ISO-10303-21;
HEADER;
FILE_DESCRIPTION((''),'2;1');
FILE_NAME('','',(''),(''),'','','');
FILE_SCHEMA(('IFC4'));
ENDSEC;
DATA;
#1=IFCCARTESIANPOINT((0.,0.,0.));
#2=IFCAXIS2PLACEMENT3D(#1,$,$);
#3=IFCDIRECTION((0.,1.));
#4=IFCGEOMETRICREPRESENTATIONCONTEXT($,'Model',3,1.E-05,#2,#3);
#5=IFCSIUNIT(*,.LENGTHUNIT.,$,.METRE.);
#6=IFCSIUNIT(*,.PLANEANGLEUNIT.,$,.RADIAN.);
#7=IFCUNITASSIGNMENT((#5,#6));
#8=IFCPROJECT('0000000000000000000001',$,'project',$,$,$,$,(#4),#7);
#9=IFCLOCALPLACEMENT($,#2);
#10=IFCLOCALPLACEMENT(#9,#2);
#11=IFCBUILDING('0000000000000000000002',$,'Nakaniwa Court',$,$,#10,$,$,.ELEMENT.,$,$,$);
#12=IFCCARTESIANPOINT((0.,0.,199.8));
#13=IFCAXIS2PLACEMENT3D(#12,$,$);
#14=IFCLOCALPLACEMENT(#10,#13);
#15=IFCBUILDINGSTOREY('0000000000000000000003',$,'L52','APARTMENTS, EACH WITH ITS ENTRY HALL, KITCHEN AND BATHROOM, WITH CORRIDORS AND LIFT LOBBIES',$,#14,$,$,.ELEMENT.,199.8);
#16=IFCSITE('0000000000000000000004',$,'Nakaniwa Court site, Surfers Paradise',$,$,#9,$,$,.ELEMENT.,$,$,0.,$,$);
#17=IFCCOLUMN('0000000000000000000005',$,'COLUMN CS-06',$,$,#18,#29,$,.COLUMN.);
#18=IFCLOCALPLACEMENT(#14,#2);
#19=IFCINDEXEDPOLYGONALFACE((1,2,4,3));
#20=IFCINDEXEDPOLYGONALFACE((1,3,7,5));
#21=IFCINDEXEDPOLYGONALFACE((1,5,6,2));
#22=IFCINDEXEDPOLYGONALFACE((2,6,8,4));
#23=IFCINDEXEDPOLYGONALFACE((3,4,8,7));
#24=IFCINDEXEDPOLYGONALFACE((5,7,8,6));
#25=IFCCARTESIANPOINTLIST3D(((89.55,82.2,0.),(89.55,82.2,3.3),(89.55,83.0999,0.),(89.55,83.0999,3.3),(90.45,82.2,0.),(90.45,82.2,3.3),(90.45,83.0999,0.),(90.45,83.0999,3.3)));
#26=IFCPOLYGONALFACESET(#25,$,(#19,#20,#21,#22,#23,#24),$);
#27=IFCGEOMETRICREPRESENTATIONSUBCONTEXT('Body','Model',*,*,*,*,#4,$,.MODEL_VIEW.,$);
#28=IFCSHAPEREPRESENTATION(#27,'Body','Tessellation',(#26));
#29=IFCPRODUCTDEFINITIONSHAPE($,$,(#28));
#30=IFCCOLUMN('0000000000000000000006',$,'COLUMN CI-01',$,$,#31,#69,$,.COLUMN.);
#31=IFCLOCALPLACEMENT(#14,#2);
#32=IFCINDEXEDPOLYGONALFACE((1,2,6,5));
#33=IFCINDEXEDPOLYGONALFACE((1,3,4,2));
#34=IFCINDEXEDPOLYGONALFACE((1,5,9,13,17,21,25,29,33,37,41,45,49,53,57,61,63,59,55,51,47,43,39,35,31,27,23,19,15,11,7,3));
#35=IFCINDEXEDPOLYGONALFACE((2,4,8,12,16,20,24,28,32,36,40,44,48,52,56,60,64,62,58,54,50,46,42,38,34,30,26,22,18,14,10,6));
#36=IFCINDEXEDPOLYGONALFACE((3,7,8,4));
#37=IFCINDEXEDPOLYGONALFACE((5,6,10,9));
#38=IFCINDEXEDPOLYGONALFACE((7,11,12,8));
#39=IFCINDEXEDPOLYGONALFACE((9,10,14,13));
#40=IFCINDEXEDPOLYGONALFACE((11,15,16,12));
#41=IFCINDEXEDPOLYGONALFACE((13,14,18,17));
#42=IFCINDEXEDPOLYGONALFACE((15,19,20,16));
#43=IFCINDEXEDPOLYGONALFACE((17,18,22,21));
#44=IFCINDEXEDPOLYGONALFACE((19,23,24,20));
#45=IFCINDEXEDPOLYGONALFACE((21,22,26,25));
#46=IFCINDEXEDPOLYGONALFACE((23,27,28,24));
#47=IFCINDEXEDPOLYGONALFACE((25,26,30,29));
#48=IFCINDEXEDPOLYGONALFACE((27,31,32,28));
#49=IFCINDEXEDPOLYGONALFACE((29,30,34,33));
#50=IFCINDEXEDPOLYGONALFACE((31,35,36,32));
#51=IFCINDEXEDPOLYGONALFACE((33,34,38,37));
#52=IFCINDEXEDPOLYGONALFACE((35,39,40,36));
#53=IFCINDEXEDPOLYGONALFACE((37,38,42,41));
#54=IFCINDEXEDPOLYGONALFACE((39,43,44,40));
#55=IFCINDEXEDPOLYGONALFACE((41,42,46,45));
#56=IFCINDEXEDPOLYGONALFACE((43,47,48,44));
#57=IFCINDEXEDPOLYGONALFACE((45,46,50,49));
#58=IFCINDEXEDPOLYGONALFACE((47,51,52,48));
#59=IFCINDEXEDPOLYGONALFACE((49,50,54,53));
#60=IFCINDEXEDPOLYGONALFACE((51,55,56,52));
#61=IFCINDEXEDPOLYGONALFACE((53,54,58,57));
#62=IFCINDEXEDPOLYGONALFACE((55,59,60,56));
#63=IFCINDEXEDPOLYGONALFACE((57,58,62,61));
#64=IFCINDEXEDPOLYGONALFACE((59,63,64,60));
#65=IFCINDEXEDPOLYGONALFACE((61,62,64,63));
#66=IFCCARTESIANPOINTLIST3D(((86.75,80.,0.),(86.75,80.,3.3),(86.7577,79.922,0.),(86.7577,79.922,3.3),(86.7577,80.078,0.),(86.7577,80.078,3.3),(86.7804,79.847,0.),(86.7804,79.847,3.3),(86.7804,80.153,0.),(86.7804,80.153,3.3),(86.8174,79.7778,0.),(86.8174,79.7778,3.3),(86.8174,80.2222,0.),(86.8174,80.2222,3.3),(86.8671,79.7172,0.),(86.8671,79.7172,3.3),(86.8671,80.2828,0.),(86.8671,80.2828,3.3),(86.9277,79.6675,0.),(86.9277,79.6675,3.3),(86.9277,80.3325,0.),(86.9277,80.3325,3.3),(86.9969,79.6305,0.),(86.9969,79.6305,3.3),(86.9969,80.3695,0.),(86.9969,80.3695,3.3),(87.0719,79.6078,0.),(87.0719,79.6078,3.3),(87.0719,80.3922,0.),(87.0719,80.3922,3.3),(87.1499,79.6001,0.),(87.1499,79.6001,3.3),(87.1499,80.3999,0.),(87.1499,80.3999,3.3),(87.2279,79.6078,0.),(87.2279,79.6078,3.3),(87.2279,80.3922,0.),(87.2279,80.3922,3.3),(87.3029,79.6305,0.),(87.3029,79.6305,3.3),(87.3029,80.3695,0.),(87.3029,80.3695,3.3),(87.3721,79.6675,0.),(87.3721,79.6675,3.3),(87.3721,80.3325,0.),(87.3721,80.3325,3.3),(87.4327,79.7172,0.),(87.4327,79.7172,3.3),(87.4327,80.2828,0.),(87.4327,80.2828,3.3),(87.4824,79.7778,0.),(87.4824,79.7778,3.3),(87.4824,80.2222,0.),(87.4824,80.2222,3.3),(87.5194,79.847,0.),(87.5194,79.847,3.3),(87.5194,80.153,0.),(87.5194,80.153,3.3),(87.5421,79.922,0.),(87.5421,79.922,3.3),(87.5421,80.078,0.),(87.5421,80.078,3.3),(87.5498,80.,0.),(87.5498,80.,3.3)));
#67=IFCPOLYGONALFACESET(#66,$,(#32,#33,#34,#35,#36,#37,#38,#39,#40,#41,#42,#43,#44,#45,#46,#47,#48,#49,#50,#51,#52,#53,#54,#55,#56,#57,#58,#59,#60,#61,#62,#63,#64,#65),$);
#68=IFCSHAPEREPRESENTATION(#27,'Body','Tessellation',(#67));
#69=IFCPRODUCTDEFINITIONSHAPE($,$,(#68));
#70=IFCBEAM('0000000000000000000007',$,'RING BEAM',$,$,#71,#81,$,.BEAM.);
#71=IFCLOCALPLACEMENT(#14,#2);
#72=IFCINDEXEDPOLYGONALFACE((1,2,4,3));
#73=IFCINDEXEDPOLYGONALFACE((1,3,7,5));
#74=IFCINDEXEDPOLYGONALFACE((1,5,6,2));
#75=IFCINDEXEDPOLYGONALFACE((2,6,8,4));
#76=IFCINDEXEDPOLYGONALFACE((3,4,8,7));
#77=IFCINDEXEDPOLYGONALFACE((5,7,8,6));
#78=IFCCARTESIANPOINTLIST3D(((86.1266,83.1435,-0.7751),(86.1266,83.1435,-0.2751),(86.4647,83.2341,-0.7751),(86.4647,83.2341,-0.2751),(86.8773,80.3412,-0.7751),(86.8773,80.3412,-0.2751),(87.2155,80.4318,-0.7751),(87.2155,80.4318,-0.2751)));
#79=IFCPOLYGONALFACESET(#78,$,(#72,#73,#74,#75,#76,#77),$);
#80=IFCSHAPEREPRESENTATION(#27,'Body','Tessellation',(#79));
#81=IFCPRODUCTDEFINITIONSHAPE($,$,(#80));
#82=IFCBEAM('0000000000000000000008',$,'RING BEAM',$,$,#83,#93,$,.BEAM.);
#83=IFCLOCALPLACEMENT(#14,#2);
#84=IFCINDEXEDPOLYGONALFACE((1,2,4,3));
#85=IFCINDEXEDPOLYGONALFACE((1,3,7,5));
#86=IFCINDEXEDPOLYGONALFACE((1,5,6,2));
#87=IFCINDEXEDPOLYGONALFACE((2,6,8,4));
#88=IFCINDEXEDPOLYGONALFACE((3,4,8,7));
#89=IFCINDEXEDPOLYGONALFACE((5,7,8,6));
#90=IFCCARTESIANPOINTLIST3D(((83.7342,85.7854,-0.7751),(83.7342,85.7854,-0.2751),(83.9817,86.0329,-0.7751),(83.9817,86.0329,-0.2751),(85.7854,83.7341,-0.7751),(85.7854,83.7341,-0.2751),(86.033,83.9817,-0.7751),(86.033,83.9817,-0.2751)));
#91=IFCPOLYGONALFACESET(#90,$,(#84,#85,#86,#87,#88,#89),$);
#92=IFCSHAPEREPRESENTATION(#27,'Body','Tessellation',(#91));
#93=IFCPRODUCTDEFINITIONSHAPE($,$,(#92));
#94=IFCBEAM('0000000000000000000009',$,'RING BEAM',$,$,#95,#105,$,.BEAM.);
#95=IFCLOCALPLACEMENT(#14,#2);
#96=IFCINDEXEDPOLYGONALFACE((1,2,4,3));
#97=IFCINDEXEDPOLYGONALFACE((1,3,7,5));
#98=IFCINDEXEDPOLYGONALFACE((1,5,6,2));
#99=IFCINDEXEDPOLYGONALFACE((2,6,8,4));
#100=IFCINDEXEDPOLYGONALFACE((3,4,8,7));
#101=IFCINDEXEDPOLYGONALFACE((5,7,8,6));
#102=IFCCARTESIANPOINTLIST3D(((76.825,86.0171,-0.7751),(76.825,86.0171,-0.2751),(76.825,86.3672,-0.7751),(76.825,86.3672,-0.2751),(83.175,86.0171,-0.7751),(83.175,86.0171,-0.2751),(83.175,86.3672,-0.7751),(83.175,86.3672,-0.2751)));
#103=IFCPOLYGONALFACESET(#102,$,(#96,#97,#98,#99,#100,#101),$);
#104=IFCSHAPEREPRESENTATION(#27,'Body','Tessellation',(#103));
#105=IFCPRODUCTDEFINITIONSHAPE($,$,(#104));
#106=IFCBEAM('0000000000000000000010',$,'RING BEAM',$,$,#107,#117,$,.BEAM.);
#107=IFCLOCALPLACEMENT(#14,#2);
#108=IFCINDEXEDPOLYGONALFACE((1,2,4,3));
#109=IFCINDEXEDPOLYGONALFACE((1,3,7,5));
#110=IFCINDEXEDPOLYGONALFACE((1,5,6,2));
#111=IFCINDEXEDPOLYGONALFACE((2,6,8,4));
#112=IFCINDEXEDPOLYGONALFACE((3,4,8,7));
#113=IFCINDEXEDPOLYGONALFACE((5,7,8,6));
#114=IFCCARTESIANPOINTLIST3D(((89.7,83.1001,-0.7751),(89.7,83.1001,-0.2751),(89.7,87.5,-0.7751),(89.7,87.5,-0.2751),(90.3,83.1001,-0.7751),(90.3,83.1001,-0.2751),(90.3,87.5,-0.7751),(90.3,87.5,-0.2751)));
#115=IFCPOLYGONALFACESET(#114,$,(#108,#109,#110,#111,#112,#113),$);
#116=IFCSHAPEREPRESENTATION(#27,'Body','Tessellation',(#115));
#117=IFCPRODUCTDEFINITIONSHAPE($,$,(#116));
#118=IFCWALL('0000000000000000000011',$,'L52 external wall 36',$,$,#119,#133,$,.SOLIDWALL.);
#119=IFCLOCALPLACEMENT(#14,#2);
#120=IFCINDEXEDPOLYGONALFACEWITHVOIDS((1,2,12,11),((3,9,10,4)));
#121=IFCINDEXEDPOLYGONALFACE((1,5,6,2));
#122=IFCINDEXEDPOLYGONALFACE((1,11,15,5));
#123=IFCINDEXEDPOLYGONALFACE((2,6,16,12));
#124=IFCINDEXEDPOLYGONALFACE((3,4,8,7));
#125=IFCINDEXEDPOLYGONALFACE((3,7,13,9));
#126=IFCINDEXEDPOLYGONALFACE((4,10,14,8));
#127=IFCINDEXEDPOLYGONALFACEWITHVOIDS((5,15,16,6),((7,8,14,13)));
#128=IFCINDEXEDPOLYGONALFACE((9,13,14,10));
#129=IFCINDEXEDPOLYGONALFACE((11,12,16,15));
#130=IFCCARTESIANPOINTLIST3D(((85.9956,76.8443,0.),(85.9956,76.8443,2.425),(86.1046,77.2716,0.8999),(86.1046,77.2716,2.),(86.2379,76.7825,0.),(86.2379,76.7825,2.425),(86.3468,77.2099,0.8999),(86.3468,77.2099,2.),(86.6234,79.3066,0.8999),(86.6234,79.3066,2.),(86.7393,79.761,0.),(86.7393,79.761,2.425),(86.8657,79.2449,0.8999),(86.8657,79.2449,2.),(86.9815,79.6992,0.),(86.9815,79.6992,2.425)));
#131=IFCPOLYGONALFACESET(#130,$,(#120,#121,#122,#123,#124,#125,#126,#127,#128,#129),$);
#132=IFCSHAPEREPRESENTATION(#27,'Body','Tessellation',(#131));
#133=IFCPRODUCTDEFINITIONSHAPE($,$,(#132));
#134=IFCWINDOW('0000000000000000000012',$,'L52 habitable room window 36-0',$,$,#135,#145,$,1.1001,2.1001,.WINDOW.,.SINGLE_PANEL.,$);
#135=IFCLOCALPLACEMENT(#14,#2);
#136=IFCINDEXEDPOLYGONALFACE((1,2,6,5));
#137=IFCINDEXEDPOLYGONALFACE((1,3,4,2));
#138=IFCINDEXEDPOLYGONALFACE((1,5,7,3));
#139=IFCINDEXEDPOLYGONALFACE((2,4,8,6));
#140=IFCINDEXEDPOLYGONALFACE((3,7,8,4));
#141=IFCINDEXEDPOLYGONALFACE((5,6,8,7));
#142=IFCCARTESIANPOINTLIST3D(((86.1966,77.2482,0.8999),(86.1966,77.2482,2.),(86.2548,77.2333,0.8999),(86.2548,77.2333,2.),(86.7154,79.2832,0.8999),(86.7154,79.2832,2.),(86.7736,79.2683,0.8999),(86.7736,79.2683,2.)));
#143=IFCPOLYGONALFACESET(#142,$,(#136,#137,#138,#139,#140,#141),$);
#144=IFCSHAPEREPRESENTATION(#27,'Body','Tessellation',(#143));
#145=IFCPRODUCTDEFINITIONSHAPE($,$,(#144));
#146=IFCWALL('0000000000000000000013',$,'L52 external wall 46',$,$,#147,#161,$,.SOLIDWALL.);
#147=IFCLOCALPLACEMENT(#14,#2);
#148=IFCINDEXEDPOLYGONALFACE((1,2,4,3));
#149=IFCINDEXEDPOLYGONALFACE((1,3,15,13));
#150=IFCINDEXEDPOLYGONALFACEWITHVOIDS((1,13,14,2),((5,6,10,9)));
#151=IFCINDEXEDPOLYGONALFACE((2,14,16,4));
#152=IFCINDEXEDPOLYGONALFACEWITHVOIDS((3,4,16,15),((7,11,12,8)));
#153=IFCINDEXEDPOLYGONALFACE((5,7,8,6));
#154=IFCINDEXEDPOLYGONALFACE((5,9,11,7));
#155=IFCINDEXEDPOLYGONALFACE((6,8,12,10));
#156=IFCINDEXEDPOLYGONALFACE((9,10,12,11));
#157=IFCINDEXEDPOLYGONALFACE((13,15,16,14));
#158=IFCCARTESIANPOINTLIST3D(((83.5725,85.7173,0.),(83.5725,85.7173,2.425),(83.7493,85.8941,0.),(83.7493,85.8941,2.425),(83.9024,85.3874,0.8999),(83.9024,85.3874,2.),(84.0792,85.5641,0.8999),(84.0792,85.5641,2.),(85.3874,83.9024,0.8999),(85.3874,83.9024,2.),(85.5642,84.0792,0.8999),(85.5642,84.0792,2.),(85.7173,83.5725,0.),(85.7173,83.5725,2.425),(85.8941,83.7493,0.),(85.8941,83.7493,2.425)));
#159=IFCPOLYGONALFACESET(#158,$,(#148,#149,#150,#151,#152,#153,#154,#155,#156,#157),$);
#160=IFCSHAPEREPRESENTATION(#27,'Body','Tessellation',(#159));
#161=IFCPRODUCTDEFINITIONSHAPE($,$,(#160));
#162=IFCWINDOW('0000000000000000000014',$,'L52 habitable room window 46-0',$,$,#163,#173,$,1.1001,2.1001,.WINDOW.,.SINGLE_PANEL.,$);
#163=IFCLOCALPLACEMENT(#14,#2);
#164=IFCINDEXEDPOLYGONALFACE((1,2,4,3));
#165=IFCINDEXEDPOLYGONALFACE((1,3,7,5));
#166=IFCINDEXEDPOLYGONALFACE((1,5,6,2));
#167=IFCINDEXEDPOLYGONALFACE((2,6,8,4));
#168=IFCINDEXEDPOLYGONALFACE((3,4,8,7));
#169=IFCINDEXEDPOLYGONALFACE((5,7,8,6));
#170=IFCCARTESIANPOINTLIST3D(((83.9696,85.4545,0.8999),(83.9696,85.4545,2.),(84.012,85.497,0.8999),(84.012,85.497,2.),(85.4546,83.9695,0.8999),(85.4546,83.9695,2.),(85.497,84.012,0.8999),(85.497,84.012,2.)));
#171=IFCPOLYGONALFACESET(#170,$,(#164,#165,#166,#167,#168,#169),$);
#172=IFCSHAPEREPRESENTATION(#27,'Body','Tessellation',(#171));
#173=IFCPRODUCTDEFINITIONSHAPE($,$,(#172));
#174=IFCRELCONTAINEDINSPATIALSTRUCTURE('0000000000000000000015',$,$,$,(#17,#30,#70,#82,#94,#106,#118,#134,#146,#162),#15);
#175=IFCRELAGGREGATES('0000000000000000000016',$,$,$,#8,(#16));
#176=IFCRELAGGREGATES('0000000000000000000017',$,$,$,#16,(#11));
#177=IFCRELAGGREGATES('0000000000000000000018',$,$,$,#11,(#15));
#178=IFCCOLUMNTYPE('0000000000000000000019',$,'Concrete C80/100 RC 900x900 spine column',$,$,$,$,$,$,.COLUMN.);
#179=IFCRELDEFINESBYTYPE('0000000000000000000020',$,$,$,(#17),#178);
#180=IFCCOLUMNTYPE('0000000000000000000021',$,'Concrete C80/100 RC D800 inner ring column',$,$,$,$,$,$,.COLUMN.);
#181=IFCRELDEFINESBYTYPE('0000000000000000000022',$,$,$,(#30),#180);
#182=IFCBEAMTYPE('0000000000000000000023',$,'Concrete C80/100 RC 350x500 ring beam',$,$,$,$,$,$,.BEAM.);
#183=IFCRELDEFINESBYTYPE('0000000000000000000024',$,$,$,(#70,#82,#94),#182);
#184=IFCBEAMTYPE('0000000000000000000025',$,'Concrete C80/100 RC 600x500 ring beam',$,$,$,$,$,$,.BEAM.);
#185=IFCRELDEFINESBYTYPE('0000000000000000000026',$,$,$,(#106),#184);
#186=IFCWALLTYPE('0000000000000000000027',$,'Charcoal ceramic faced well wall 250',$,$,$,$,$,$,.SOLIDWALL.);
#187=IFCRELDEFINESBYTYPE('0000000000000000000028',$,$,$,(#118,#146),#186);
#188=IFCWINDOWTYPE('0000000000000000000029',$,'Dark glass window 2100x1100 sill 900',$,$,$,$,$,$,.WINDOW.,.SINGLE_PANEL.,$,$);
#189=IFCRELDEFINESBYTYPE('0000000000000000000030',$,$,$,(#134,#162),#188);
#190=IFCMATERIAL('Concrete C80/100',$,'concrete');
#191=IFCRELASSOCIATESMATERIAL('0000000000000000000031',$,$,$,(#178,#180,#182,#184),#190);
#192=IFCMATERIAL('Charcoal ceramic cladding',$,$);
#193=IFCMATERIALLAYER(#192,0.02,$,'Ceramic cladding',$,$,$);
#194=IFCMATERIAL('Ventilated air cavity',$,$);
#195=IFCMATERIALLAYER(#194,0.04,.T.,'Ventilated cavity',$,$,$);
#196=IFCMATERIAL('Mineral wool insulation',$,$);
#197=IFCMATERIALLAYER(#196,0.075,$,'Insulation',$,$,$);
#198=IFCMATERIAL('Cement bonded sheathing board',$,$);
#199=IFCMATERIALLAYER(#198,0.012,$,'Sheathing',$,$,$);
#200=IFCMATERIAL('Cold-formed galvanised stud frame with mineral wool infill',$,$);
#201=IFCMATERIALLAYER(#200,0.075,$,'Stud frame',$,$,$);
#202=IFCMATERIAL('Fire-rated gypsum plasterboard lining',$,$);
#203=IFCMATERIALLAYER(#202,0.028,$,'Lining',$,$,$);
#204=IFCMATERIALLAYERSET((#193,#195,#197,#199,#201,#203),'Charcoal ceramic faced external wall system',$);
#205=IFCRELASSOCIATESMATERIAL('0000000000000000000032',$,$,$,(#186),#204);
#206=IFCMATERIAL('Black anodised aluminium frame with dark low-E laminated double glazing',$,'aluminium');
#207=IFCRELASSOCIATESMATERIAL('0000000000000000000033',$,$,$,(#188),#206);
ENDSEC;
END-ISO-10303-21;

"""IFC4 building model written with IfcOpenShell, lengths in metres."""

from ifc_helpers import new_model, si_unit, direction, frame, frame_2d, origin, origin_2d, place, context, subcontext, project, spatial, rectangle, circle, extrude, material, layer, layer_set, material_profile, profile_set, type_object, element, fill, save


model = new_model("IFC4")

# Units and contexts
model_context = context("Model", 3, precision=1e-05, world=origin(), true_north=direction((0.0, 1.0)))
body_context = subcontext(model_context, "Body", "Model", "MODEL_VIEW")
ifc_project = project(units=[si_unit("LENGTHUNIT", "METRE"), si_unit("PLANEANGLEUNIT", "RADIAN")], contexts=[model_context])

# Site, building, storey
site_placement = place(None, origin())
site = spatial("IfcSite", under=ifc_project, at=site_placement, Name="Nakaniwa Court site, Surfers Paradise", CompositionType="ELEMENT", RefElevation=0.0)
building_placement = place(site_placement, origin())
building = spatial("IfcBuilding", under=site, at=building_placement, Name="Nakaniwa Court", CompositionType="ELEMENT")
storey_placement = place(building_placement, frame((0.0, 0.0, 199.8)))
storey = spatial("IfcBuildingStorey", under=building, at=storey_placement, Name="L52", Description="APARTMENTS, EACH WITH ITS ENTRY HALL, KITCHEN AND BATHROOM, WITH CORRIDORS AND LIFT LOBBIES", CompositionType="ELEMENT", Elevation=199.8)

# Columns
ifc_material_1 = material(Name="Concrete C80/100", Category="concrete")
ifc_material_profile_1 = material_profile(ifc_material_1, rectangle(XDim=0.8999, YDim=0.8999, at=origin_2d()), Name="Concrete C80/100 RC 900x900 spine column")
ifc_profile_set_1 = profile_set([ifc_material_profile_1], Name="Concrete C80/100")
column_type_1 = type_object("IfcColumnType", Name="Concrete C80/100 RC 900x900 spine column", PredefinedType="COLUMN", material=ifc_profile_set_1)
column_placement = place(storey_placement, frame((90.0, 82.6499, 0.0), z_axis=(0.0, 0.0, 1.0), x_axis=(0.0, 1.0, 0.0)))
element("IfcColumn", 1, at=column_placement, inside=storey, type_object=column_type_1, Name="COLUMN CS-06", PredefinedType="COLUMN", context=body_context, shape_type="SweptSolid", body=[
    extrude(rectangle(XDim=0.8999, YDim=0.8999, at=origin_2d()), origin(), (0.0, 0.0, 1.0), 3.3),
])
ifc_material_profile_2 = material_profile(ifc_material_1, circle(Radius=0.3999, at=origin_2d()), Name="Concrete C80/100 RC D800 inner ring column")
ifc_profile_set_2 = profile_set([ifc_material_profile_2], Name="Concrete C80/100")
column_type_2 = type_object("IfcColumnType", Name="Concrete C80/100 RC D800 inner ring column", PredefinedType="COLUMN", material=ifc_profile_set_2)
for number, where, z_axis, x_axis, name in (
    (2, (87.1499, 80.0, 0.0), (0.0, 0.0, 1.0), (0.0, 1.0, 0.0), "COLUMN CI-01"),
):
    element("IfcColumn", number, at=place(storey_placement, frame(where, z_axis=z_axis, x_axis=x_axis)), inside=storey, type_object=column_type_2, Name=name, PredefinedType="COLUMN", context=body_context, shape_type="SweptSolid", body=[
        extrude(circle(Radius=0.3999, at=origin_2d()), origin(), (0.0, 0.0, 1.0), 3.3),
    ])

# Beams
ifc_material_profile_3 = material_profile(ifc_material_1, rectangle(XDim=0.3501, YDim=0.5, at=origin_2d()), Name="Concrete C80/100 RC 350x500 ring beam")
ifc_profile_set_3 = profile_set([ifc_material_profile_3], Name="Concrete C80/100")
beam_type_1 = type_object("IfcBeamType", Name="Concrete C80/100 RC 350x500 ring beam", PredefinedType="BEAM", material=ifc_profile_set_3)
beam_1_placement = place(storey_placement, frame((87.0464, 80.3865, -0.5251), z_axis=(-0.258778, 0.965937, 0.0), x_axis=(-0.965937, -0.258778, 0.0)))
element("IfcBeam", 3, at=beam_1_placement, inside=storey, type_object=beam_type_1, Name="RING BEAM", PredefinedType="BEAM", context=body_context, shape_type="SweptSolid", body=[
    extrude(rectangle(XDim=0.3501, YDim=0.5, at=origin_2d()), origin(), (0.0, 0.0, 1.0), 2.9011),
])
beam_2_placement = place(storey_placement, frame((85.9092, 83.8579, -0.5251), z_axis=(-0.707107, 0.707107, 0.0), x_axis=(-0.707107, -0.707107, 0.0)))
element("IfcBeam", 4, at=beam_2_placement, inside=storey, type_object=beam_type_1, Name="RING BEAM", PredefinedType="BEAM", context=body_context, shape_type="SweptSolid", body=[
    extrude(rectangle(XDim=0.3501, YDim=0.5, at=origin_2d()), origin(), (0.0, 0.0, 1.0), 2.9009),
])
beam_3_placement = place(storey_placement, frame((83.175, 86.1921, -0.5251), z_axis=(-1.0, 0.0, 0.0), x_axis=(0.0, -1.0, 0.0)))
element("IfcBeam", 5, at=beam_3_placement, inside=storey, type_object=beam_type_1, Name="RING BEAM", PredefinedType="BEAM", context=body_context, shape_type="SweptSolid", body=[
    extrude(rectangle(XDim=0.3501, YDim=0.5, at=origin_2d()), origin(), (0.0, 0.0, 1.0), 6.3501),
])
ifc_material_profile_4 = material_profile(ifc_material_1, rectangle(XDim=0.6001, YDim=0.5, at=origin_2d()), Name="Concrete C80/100 RC 600x500 ring beam")
ifc_profile_set_4 = profile_set([ifc_material_profile_4], Name="Concrete C80/100")
beam_type_2 = type_object("IfcBeamType", Name="Concrete C80/100 RC 600x500 ring beam", PredefinedType="BEAM", material=ifc_profile_set_4)
beam_4_placement = place(storey_placement, frame((90.0, 83.1001, -0.5251), z_axis=(0.0, 1.0, 0.0), x_axis=(-1.0, 0.0, 0.0)))
element("IfcBeam", 6, at=beam_4_placement, inside=storey, type_object=beam_type_2, Name="RING BEAM", PredefinedType="BEAM", context=body_context, shape_type="SweptSolid", body=[
    extrude(rectangle(XDim=0.6001, YDim=0.5, at=origin_2d()), origin(), (0.0, 0.0, 1.0), 4.3999),
])

# Walls, openings, windows
ifc_material_2 = material(Name="Charcoal ceramic cladding")
ifc_layer_1 = layer(ifc_material_2, 0.02, Name="Ceramic cladding")
ifc_material_3 = material(Name="Ventilated air cavity")
ifc_layer_2 = layer(ifc_material_3, 0.04, ventilated=True, Name="Ventilated cavity")
ifc_material_4 = material(Name="Mineral wool insulation")
ifc_layer_3 = layer(ifc_material_4, 0.075, Name="Insulation")
ifc_material_5 = material(Name="Cement bonded sheathing board")
ifc_layer_4 = layer(ifc_material_5, 0.012, Name="Sheathing")
ifc_material_6 = material(Name="Cold-formed galvanised stud frame with mineral wool infill")
ifc_layer_5 = layer(ifc_material_6, 0.075, Name="Stud frame")
ifc_material_7 = material(Name="Fire-rated gypsum plasterboard lining")
ifc_layer_6 = layer(ifc_material_7, 0.028, Name="Lining")
ifc_layer_set_1 = layer_set([ifc_layer_1, ifc_layer_2, ifc_layer_3, ifc_layer_4, ifc_layer_5, ifc_layer_6], Name="Charcoal ceramic faced external wall system")
wall_type_1 = type_object("IfcWallType", Name="Charcoal ceramic faced well wall 250", PredefinedType="SOLIDWALL", material=ifc_layer_set_1)
wall_1_placement = place(storey_placement, frame((86.8604, 79.73, 0.0), z_axis=(0.0, 0.0, 1.0), x_axis=(-0.247056, -0.969001, 0.0)))
wall_1 = element("IfcWall", 7, at=wall_1_placement, inside=storey, type_object=wall_type_1, Name="L52 external wall 36", PredefinedType="SOLIDWALL", context=body_context, shape_type="SweptSolid", body=[
    extrude(rectangle(XDim=3.01, YDim=0.25, at=frame_2d((1.5049, 0.0))), origin(), (0.0, 0.0, 1.0), 2.425),
])
opening_1_placement = place(wall_1_placement, frame((0.4688, 0.0, 0.8999)))
opening_1 = element("IfcOpeningElement", 8, at=opening_1_placement, cuts=wall_1, PredefinedType="OPENING", context=body_context, shape_type="SweptSolid", body=[
    extrude(rectangle(XDim=2.1001, YDim=1.1001, at=frame_2d((1.05, 0.55))), frame((0.0, 0.135, 0.0), z_axis=(0.0, -1.0, 0.0), x_axis=(1.0, 0.0, 0.0)), (0.0, 0.0, 1.0), 0.27),
])
ifc_material_8 = material(Name="Black anodised aluminium frame with dark low-E laminated double glazing", Category="aluminium")
window_type = type_object("IfcWindowType", Name="Dark glass window 2100x1100 sill 900", PartitioningType="SINGLE_PANEL", PredefinedType="WINDOW", material=ifc_material_8)
window_1_placement = place(opening_1_placement, origin())
window_1 = element("IfcWindow", 9, at=window_1_placement, inside=storey, type_object=window_type, Name="L52 habitable room window 36-0", OverallHeight=1.1001, OverallWidth=2.1001, PartitioningType="SINGLE_PANEL", PredefinedType="WINDOW", context=body_context, shape_type="SweptSolid", body=[
    extrude(rectangle(XDim=2.1001, YDim=1.1001, at=frame_2d((1.05, 0.55))), frame((0.0, 0.03, 0.0), z_axis=(0.0, -1.0, 0.0), x_axis=(1.0, 0.0, 0.0)), (0.0, 0.0, 1.0), 0.0601),
])
fill(opening_1, window_1)
wall_2_placement = place(storey_placement, frame((83.6609, 85.8057, 0.0), z_axis=(0.0, 0.0, 1.0), x_axis=(0.707107, -0.707107, 0.0)))
wall_2 = element("IfcWall", 10, at=wall_2_placement, inside=storey, type_object=wall_type_1, Name="L52 external wall 46", PredefinedType="SOLIDWALL", context=body_context, shape_type="SweptSolid", body=[
    extrude(rectangle(XDim=3.0332, YDim=0.25, at=frame_2d((1.5166, 0.0))), origin(), (0.0, 0.0, 1.0), 2.425),
])
opening_2_placement = place(wall_2_placement, frame((0.4666, 0.0, 0.8999)))
opening_2 = element("IfcOpeningElement", 11, at=opening_2_placement, cuts=wall_2, PredefinedType="OPENING", context=body_context, shape_type="SweptSolid", body=[
    extrude(rectangle(XDim=2.1001, YDim=1.1001, at=frame_2d((1.05, 0.55))), frame((0.0, 0.135, 0.0), z_axis=(0.0, -1.0, 0.0), x_axis=(1.0, 0.0, 0.0)), (0.0, 0.0, 1.0), 0.27),
])
window_2_placement = place(opening_2_placement, origin())
window_2 = element("IfcWindow", 12, at=window_2_placement, inside=storey, type_object=window_type, Name="L52 habitable room window 46-0", OverallHeight=1.1001, OverallWidth=2.1001, PartitioningType="SINGLE_PANEL", PredefinedType="WINDOW", context=body_context, shape_type="SweptSolid", body=[
    extrude(rectangle(XDim=2.1001, YDim=1.1001, at=frame_2d((1.05, 0.55))), frame((0.0, 0.03, 0.0), z_axis=(0.0, -1.0, 0.0), x_axis=(1.0, 0.0, 0.0)), (0.0, 0.0, 1.0), 0.0601),
])
fill(opening_2, window_2)

save(model, "model.ifc")
